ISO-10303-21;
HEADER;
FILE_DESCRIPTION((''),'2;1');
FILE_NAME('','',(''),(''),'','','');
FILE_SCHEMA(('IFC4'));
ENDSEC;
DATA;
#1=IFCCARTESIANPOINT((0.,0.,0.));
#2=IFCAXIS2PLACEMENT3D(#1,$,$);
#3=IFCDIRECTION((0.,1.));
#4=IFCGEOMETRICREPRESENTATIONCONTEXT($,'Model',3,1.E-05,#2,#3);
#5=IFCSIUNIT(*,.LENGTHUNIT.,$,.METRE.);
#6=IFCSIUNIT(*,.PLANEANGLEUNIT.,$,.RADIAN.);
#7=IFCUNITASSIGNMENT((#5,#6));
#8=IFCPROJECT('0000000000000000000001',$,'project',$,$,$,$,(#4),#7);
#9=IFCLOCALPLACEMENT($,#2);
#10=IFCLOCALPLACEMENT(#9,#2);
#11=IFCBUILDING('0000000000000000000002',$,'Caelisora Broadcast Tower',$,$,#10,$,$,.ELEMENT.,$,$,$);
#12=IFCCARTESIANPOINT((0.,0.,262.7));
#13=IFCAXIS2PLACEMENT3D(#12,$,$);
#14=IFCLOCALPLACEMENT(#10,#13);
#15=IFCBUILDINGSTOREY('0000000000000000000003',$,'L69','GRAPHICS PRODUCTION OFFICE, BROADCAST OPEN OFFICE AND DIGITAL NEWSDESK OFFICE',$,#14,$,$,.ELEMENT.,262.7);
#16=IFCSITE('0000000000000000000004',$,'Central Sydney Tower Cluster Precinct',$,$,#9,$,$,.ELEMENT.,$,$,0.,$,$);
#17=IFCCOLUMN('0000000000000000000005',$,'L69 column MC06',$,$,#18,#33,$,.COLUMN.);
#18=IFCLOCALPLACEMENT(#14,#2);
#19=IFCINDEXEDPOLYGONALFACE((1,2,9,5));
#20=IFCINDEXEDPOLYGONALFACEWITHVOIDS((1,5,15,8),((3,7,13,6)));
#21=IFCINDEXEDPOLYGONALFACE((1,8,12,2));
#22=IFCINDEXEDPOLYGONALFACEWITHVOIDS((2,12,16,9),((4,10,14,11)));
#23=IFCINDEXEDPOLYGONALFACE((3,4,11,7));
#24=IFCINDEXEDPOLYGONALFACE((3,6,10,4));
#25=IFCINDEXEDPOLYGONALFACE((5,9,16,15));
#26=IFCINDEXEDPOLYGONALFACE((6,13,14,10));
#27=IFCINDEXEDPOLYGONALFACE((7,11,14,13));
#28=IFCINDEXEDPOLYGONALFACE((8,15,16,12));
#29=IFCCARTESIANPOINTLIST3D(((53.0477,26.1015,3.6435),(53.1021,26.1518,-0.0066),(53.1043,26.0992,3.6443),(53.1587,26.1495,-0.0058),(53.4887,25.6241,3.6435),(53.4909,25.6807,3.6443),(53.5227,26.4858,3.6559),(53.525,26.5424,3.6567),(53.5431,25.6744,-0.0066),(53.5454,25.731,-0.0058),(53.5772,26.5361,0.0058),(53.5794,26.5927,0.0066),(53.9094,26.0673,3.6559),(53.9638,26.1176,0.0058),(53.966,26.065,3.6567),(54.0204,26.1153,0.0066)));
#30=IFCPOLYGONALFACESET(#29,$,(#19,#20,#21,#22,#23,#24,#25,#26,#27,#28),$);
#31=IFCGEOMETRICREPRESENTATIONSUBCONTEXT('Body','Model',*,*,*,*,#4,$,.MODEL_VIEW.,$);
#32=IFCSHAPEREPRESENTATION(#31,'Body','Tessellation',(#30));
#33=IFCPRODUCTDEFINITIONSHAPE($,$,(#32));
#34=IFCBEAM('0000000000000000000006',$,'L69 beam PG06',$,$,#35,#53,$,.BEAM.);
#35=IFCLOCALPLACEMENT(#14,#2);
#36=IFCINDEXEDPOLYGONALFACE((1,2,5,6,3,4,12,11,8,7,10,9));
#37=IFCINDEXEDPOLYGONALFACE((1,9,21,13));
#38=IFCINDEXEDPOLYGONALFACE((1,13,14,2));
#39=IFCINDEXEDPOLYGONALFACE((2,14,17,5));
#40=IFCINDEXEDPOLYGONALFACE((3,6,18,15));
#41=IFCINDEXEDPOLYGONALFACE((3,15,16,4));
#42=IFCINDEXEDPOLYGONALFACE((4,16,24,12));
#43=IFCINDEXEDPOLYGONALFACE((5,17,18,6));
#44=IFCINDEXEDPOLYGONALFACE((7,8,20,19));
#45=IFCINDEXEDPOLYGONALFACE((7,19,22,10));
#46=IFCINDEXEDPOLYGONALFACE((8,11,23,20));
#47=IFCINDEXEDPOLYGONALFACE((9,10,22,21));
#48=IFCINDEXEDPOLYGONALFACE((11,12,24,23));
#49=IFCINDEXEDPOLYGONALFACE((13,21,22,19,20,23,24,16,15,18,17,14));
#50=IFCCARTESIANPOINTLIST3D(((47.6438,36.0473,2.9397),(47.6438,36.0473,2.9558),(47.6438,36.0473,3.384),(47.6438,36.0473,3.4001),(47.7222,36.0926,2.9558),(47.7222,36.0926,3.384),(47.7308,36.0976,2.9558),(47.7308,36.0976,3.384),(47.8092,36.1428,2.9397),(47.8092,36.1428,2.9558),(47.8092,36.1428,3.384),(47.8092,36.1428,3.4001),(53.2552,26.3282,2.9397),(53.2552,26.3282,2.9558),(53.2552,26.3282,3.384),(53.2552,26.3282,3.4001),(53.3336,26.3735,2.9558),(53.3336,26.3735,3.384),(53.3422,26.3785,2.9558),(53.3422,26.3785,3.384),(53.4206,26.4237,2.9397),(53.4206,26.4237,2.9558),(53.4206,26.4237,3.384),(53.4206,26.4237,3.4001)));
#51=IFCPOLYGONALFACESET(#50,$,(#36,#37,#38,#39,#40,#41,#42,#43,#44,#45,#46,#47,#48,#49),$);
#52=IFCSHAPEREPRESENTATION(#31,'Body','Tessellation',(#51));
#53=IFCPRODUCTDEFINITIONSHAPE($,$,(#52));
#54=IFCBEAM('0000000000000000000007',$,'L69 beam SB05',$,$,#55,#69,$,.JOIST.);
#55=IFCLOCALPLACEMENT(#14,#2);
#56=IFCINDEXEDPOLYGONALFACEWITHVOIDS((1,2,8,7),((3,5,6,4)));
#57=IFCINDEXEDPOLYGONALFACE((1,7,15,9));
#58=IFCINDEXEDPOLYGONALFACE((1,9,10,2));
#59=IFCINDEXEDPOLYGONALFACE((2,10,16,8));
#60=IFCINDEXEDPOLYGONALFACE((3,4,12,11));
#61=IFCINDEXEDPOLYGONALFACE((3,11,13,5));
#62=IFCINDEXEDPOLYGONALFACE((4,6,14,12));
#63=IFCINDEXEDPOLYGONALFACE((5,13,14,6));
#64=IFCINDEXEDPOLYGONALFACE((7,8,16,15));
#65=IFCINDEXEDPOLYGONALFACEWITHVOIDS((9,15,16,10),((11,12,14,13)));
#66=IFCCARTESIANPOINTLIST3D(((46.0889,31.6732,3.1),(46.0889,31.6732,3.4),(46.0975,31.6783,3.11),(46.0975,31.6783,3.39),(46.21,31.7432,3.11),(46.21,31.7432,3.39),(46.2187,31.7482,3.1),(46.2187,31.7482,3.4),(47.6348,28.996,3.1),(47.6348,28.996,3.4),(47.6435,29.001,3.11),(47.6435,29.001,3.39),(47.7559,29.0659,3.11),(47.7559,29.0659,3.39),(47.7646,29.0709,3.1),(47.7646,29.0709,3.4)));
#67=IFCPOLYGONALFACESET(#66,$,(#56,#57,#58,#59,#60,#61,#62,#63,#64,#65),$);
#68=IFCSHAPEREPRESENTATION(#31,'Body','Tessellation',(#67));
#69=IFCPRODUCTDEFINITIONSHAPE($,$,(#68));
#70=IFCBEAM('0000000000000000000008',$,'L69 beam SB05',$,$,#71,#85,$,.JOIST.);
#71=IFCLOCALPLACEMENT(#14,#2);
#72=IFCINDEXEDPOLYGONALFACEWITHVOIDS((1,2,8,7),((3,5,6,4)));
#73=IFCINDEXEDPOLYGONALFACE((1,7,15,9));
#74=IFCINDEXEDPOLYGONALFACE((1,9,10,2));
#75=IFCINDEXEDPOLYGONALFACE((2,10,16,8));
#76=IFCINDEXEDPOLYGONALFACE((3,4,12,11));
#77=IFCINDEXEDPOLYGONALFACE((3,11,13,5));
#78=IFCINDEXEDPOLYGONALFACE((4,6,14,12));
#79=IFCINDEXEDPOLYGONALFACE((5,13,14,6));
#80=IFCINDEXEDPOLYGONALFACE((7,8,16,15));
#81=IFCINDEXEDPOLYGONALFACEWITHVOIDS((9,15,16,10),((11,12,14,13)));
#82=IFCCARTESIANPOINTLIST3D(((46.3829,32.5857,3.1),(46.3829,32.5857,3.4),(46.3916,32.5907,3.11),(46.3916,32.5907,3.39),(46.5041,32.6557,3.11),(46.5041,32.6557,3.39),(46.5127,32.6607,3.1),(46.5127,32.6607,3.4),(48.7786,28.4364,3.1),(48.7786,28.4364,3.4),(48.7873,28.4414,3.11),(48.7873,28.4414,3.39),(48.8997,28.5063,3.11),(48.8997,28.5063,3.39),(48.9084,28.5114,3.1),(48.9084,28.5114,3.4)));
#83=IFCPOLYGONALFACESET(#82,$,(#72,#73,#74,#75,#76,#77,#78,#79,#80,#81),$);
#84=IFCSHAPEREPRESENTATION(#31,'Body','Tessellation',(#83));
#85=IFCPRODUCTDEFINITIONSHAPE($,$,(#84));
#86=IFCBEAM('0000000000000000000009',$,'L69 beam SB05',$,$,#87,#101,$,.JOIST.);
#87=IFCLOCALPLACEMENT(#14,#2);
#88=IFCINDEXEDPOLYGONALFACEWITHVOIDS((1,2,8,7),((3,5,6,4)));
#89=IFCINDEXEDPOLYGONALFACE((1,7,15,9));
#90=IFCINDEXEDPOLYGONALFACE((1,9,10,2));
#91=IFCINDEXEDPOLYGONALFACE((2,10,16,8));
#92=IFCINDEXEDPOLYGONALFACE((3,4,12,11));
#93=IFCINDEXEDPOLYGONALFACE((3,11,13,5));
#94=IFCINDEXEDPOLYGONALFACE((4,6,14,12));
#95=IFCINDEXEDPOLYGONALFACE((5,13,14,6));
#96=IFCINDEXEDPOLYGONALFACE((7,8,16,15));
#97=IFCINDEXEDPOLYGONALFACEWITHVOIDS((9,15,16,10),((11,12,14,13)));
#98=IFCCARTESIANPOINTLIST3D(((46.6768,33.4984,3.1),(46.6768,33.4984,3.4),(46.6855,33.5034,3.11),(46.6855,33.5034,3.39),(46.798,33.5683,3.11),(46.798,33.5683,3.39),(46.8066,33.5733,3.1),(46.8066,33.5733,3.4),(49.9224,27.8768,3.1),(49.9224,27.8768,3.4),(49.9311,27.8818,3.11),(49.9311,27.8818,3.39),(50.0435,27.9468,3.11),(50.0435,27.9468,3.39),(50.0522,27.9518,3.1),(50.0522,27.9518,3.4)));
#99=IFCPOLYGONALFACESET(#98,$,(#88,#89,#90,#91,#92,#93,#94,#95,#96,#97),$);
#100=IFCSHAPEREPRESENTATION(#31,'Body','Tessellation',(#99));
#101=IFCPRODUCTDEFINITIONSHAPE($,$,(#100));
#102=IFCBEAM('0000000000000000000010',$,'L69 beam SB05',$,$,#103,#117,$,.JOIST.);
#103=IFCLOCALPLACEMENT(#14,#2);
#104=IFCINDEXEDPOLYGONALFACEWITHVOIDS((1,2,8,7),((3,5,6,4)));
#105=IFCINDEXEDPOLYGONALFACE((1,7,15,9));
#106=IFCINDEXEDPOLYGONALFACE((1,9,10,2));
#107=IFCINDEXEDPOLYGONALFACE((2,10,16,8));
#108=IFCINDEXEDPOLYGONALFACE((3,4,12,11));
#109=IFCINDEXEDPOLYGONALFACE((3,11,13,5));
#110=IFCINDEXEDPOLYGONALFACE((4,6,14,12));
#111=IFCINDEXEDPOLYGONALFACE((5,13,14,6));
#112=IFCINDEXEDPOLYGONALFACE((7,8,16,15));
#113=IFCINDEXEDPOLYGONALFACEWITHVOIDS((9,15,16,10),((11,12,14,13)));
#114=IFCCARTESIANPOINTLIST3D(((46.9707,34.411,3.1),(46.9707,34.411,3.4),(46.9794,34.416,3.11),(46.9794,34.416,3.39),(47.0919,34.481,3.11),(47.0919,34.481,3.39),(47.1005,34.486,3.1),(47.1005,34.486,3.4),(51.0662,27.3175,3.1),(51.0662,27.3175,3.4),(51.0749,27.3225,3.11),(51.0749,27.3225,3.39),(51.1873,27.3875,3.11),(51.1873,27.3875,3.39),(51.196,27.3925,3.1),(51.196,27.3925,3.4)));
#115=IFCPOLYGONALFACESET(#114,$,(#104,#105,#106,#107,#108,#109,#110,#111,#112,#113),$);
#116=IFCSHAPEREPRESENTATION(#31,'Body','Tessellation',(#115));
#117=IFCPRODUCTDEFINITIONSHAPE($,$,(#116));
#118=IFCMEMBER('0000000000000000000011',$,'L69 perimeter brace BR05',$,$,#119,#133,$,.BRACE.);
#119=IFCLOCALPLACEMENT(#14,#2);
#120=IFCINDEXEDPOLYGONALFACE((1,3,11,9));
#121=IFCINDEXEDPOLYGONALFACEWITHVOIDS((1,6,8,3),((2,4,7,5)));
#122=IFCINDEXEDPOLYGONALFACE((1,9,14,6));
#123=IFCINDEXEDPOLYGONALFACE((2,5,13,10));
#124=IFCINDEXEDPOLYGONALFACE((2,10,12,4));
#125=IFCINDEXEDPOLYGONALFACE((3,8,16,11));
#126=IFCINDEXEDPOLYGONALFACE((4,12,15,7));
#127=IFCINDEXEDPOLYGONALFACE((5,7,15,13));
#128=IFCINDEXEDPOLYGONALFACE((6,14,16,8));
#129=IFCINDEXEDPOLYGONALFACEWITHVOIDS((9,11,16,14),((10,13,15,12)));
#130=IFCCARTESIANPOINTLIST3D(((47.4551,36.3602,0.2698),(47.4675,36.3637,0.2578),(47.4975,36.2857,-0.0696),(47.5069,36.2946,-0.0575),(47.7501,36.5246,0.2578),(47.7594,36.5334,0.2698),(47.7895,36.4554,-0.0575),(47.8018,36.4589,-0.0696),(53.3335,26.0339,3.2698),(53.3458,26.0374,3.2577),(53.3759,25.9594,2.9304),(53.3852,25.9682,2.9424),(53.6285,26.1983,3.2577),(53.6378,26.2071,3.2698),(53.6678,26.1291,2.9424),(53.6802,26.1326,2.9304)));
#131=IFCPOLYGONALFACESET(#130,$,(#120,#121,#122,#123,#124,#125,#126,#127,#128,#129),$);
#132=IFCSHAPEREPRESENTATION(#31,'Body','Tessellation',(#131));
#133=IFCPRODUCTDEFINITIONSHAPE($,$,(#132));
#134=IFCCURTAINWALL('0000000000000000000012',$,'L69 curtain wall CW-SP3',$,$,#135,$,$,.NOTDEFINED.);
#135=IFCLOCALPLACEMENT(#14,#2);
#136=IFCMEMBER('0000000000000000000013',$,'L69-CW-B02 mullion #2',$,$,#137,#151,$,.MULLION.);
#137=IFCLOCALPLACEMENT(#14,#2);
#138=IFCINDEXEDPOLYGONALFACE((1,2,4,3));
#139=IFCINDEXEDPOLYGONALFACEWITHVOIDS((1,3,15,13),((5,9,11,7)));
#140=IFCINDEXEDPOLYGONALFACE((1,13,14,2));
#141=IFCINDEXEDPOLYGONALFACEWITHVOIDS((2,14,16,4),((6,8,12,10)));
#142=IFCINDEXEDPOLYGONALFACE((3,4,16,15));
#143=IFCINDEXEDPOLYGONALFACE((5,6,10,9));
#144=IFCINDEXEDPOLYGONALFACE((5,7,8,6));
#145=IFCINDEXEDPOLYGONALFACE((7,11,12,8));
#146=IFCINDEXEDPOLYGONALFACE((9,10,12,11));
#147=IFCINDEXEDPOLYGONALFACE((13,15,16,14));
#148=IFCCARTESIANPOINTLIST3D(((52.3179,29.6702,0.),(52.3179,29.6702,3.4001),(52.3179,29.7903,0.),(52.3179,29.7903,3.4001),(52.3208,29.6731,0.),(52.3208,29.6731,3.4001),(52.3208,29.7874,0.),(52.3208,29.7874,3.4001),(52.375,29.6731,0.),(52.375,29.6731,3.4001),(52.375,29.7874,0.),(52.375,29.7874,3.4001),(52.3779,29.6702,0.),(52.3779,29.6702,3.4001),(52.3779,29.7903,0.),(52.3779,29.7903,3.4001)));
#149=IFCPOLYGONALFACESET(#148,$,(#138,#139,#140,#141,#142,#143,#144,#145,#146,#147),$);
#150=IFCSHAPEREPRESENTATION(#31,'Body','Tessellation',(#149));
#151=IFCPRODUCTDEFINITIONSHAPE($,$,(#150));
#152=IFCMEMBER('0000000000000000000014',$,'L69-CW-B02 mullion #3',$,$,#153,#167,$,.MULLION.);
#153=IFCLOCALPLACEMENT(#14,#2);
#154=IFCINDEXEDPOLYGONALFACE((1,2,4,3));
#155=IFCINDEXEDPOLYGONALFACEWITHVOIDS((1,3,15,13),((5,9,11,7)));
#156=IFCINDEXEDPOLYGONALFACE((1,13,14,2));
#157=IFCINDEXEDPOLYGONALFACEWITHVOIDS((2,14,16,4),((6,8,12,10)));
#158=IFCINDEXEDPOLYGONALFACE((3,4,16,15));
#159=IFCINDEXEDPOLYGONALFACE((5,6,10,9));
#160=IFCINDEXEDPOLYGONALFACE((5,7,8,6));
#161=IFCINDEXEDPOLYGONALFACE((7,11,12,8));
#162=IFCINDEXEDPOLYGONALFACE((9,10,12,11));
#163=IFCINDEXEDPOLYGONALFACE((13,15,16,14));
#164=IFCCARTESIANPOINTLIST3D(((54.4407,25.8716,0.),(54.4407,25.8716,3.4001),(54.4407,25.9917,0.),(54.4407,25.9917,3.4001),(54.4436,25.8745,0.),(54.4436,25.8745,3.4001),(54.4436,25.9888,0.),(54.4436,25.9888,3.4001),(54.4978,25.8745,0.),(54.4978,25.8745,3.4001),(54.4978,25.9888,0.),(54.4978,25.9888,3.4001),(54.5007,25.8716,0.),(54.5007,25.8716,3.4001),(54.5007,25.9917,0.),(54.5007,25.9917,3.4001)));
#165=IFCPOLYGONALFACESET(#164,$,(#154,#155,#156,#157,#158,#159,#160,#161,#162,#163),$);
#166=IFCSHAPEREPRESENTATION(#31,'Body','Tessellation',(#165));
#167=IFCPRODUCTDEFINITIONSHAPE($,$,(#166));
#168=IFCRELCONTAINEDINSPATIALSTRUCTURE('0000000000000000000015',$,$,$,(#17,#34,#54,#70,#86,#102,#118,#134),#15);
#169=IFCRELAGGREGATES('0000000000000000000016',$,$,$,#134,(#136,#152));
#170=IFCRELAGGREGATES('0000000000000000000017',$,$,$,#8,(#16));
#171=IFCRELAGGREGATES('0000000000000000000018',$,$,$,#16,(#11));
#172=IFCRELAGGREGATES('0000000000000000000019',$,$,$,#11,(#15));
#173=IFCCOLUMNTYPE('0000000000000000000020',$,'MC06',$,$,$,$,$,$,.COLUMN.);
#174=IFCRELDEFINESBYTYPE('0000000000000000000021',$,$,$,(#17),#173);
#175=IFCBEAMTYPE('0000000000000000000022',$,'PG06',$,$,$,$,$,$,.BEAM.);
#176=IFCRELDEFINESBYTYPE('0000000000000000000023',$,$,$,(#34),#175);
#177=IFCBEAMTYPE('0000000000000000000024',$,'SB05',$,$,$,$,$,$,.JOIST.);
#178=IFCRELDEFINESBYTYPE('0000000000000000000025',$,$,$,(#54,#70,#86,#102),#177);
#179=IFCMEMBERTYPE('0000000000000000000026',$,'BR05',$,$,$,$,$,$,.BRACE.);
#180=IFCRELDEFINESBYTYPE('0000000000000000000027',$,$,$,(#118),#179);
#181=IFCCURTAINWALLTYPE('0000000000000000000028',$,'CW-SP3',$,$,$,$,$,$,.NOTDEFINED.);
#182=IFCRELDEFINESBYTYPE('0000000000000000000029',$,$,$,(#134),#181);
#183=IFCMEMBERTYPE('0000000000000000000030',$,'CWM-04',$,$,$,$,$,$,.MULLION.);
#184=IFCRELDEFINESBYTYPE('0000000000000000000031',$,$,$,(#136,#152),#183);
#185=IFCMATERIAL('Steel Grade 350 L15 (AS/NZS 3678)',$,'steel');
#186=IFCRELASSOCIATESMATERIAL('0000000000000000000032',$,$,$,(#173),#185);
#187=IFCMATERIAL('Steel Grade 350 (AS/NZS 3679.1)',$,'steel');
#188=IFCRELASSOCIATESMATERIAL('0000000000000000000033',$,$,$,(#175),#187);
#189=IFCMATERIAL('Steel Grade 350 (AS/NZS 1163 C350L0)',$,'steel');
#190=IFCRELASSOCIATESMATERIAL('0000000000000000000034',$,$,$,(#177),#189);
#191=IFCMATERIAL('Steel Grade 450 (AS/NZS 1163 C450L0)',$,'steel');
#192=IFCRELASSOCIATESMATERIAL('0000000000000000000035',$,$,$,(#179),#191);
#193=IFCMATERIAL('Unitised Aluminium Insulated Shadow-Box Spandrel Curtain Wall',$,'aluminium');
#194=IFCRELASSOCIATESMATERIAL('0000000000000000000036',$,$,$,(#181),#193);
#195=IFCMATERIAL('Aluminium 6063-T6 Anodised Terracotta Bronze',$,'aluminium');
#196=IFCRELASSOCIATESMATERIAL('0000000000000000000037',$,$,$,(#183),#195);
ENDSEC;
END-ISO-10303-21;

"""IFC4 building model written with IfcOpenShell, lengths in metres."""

from ifc_helpers import new_model, si_unit, direction, frame, origin, origin_2d, place, context, subcontext, project, spatial, hollow_rectangle, i_section, extrude, source, transform, mapped, material, material_profile, profile_set, type_object, type_shapes, element, aggregate, save


model = new_model("IFC4")

# Units and contexts
model_context = context("Model", 3, precision=1e-05, world=origin(), true_north=direction((0.0, 1.0)))
body_context = subcontext(model_context, "Body", "Model", "MODEL_VIEW")
ifc_project = project(units=[si_unit("LENGTHUNIT", "METRE"), si_unit("PLANEANGLEUNIT", "RADIAN")], contexts=[model_context])

# Site, building, storey
site_placement = place(None, origin())
site = spatial("IfcSite", under=ifc_project, at=site_placement, Name="Central Sydney Tower Cluster Precinct", CompositionType="ELEMENT", RefElevation=0.0)
building_placement = place(site_placement, origin())
building = spatial("IfcBuilding", under=site, at=building_placement, Name="Caelisora Broadcast Tower", CompositionType="ELEMENT")
storey_placement = place(building_placement, frame((0.0, 0.0, 262.7)))
storey = spatial("IfcBuildingStorey", under=building, at=storey_placement, Name="L69", Description="GRAPHICS PRODUCTION OFFICE, BROADCAST OPEN OFFICE AND DIGITAL NEWSDESK OFFICE", CompositionType="ELEMENT", Elevation=262.7)

# Column
ifc_material_1 = material(Name="Steel Grade 350 L15 (AS/NZS 3678)", Category="steel")
ifc_material_profile_1 = material_profile(ifc_material_1, hollow_rectangle(XDim=0.6499, YDim=0.6499, WallThickness=0.04, at=origin_2d()), Name="Steel Grade 350 L15 (AS/NZS 3678)")
ifc_profile_set_1 = profile_set([ifc_material_profile_1], Name="Steel Grade 350 L15 (AS/NZS 3678)")
column_type = type_object("IfcColumnType", Name="MC06", PredefinedType="COLUMN", material=ifc_profile_set_1)
shared_shape_1 = source(origin(), body_context, "Body", "SweptSolid", [
    extrude(hollow_rectangle(XDim=0.6499, YDim=0.6499, WallThickness=0.04, at=origin_2d()), origin(), (0.0, 0.0, 1.0), 3.6509),
])
type_shapes(column_type, [shared_shape_1])
column_placement = place(storey_placement, frame((53.5613, 26.1335, 0.0), z_axis=(-0.014912, -0.013776, 0.999794), x_axis=(0.678554, -0.734551, 0.0)))
element("IfcColumn", 1, at=column_placement, inside=storey, type_object=column_type, Name="L69 column MC06", PredefinedType="COLUMN", context=body_context, shape_type="MappedRepresentation", body=[
    mapped(shared_shape_1, transform((0.0, 0.0, 0.0), scale=1.0)),
])

# Beams
ifc_material_2 = material(Name="Steel Grade 350 (AS/NZS 3679.1)", Category="steel")
ifc_material_profile_2 = material_profile(ifc_material_2, i_section(OverallWidth=0.1909, OverallDepth=0.4604, WebThickness=0.01, FlangeThickness=0.0161, at=origin_2d()), Name="Steel Grade 350 (AS/NZS 3679.1)")
ifc_profile_set_2 = profile_set([ifc_material_profile_2], Name="Steel Grade 350 (AS/NZS 3679.1)")
beam_type_1 = type_object("IfcBeamType", Name="PG06", PredefinedType="BEAM", material=ifc_profile_set_2)
shared_shape_2 = source(origin(), body_context, "Body", "SweptSolid", [
    extrude(i_section(OverallWidth=0.1909, OverallDepth=0.4604, WebThickness=0.01, FlangeThickness=0.0161, at=origin_2d()), origin(), (0.0, 0.0, 1.0), 11.2227),
])
type_shapes(beam_type_1, [shared_shape_2])
beam_1_placement = place(storey_placement, frame((53.3379, 26.376, 3.1699), z_axis=(-0.500004, 0.866023, 0.0), x_axis=(-0.866023, -0.500004, 0.0)))
element("IfcBeam", 2, at=beam_1_placement, inside=storey, type_object=beam_type_1, Name="L69 beam PG06", PredefinedType="BEAM", context=body_context, shape_type="MappedRepresentation", body=[
    mapped(shared_shape_2, transform((0.0, 0.0, 0.0), scale=1.0)),
])
ifc_material_3 = material(Name="Steel Grade 350 (AS/NZS 1163 C350L0)", Category="steel")
ifc_material_profile_3 = material_profile(ifc_material_3, hollow_rectangle(XDim=0.1499, YDim=0.3, WallThickness=0.01, at=origin_2d()), Name="Steel Grade 350 (AS/NZS 1163 C350L0)")
ifc_profile_set_3 = profile_set([ifc_material_profile_3], Name="Steel Grade 350 (AS/NZS 1163 C350L0)")
beam_type_2 = type_object("IfcBeamType", Name="SB05", PredefinedType="JOIST", material=ifc_profile_set_3)
shared_shape_3 = source(origin(), body_context, "Body", "SweptSolid", [
    extrude(hollow_rectangle(XDim=0.1499, YDim=0.3, WallThickness=0.01, at=origin_2d()), origin(), (0.0, 0.0, 1.0), 3.0916),
])
beam_2_placement = place(storey_placement, frame((47.6997, 29.0334, 3.25), z_axis=(-0.500046, 0.865999, 0.0), x_axis=(-0.865999, -0.500046, 0.0)))
element("IfcBeam", 3, at=beam_2_placement, inside=storey, type_object=beam_type_2, Name="L69 beam SB05", PredefinedType="JOIST", context=body_context, shape_type="MappedRepresentation", body=[
    mapped(shared_shape_3, transform((0.0, 0.0, 0.0), scale=1.0)),
])
shared_shape_4 = source(origin(), body_context, "Body", "SweptSolid", [
    extrude(hollow_rectangle(XDim=0.1499, YDim=0.3, WallThickness=0.01, at=origin_2d()), origin(), (0.0, 0.0, 1.0), 4.7913),
])
beam_3_placement = place(storey_placement, frame((48.8435, 28.4739, 3.25), z_axis=(-0.500014, 0.866018, 0.0), x_axis=(-0.866018, -0.500014, 0.0)))
element("IfcBeam", 4, at=beam_3_placement, inside=storey, type_object=beam_type_2, Name="L69 beam SB05", PredefinedType="JOIST", context=body_context, shape_type="MappedRepresentation", body=[
    mapped(shared_shape_4, transform((0.0, 0.0, 0.0), scale=1.0)),
])
shared_shape_5 = source(origin(), body_context, "Body", "SweptSolid", [
    extrude(hollow_rectangle(XDim=0.1499, YDim=0.3, WallThickness=0.01, at=origin_2d()), origin(), (0.0, 0.0, 1.0), 6.4912),
])
beam_4_placement = place(storey_placement, frame((49.9873, 27.9143, 3.25), z_axis=(-0.499998, 0.866026, 0.0), x_axis=(-0.866026, -0.499998, 0.0)))
element("IfcBeam", 5, at=beam_4_placement, inside=storey, type_object=beam_type_2, Name="L69 beam SB05", PredefinedType="JOIST", context=body_context, shape_type="MappedRepresentation", body=[
    mapped(shared_shape_5, transform((0.0, 0.0, 0.0), scale=1.0)),
])
shared_shape_6 = source(origin(), body_context, "Body", "SweptSolid", [
    extrude(hollow_rectangle(XDim=0.1499, YDim=0.3, WallThickness=0.01, at=origin_2d()), origin(), (0.0, 0.0, 1.0), 8.1909),
])
type_shapes(beam_type_2, [shared_shape_3, shared_shape_4, shared_shape_5, shared_shape_6])
beam_5_placement = place(storey_placement, frame((51.1311, 27.355, 3.25), z_axis=(-0.500002, 0.866024, 0.0), x_axis=(-0.866024, -0.500002, 0.0)))
element("IfcBeam", 6, at=beam_5_placement, inside=storey, type_object=beam_type_2, Name="L69 beam SB05", PredefinedType="JOIST", context=body_context, shape_type="MappedRepresentation", body=[
    mapped(shared_shape_6, transform((0.0, 0.0, 0.0), scale=1.0)),
])

# Member
ifc_material_4 = material(Name="Steel Grade 450 (AS/NZS 1163 C450L0)", Category="steel")
ifc_material_profile_4 = material_profile(ifc_material_4, hollow_rectangle(XDim=0.3501, YDim=0.3501, WallThickness=0.0125, at=origin_2d()), Name="Steel Grade 450 (AS/NZS 1163 C450L0)")
ifc_profile_set_4 = profile_set([ifc_material_profile_4], Name="Steel Grade 450 (AS/NZS 1163 C450L0)")
member_type_1 = type_object("IfcMemberType", Name="BR05", PredefinedType="BRACE", material=ifc_profile_set_4)
shared_shape_7 = source(origin(), body_context, "Body", "SweptSolid", [
    extrude(hollow_rectangle(XDim=0.3501, YDim=0.3501, WallThickness=0.0125, at=origin_2d()), origin(), (0.0, 0.0, 1.0), 12.2551),
])
type_shapes(member_type_1, [shared_shape_7])
member_1_placement = place(storey_placement, frame((53.5068, 26.0833, 3.1001), z_axis=(-0.479666, 0.842613, -0.244793), x_axis=(-0.869054, -0.494718, 0.0)))
element("IfcMember", 7, at=member_1_placement, inside=storey, type_object=member_type_1, Name="L69 perimeter brace BR05", PredefinedType="BRACE", context=body_context, shape_type="MappedRepresentation", body=[
    mapped(shared_shape_7, transform((0.0, 0.0, 0.0), scale=1.0)),
])

# Curtain wall, members
ifc_material_5 = material(Name="Unitised Aluminium Insulated Shadow-Box Spandrel Curtain Wall", Category="aluminium")
curtain_wall_type_1 = type_object("IfcCurtainWallType", Name="CW-SP3", PredefinedType="NOTDEFINED", material=ifc_material_5)
curtain_wall_1_placement = place(storey_placement, origin())
curtain_wall_1 = element("IfcCurtainWall", 8, at=curtain_wall_1_placement, inside=storey, type_object=curtain_wall_type_1, Name="L69 curtain wall CW-SP3", PredefinedType="NOTDEFINED")
ifc_material_6 = material(Name="Aluminium 6063-T6 Anodised Terracotta Bronze", Category="aluminium")
ifc_material_profile_5 = material_profile(ifc_material_6, hollow_rectangle(XDim=0.0601, YDim=0.1201, WallThickness=0.0029, at=origin_2d()), Name="Aluminium 6063-T6 Anodised Terracotta Bronze")
ifc_profile_set_5 = profile_set([ifc_material_profile_5], Name="Aluminium 6063-T6 Anodised Terracotta Bronze")
member_type_2 = type_object("IfcMemberType", Name="CWM-04", PredefinedType="MULLION", material=ifc_profile_set_5)
shared_shape_8 = source(origin(), body_context, "Body", "SweptSolid", [
    extrude(hollow_rectangle(XDim=0.0601, YDim=0.1201, WallThickness=0.0029, at=origin_2d()), origin(), (0.0, 0.0, 1.0), 3.4001),
])
type_shapes(member_type_2, [shared_shape_8])
member_2_placement = place(storey_placement, frame((52.3479, 29.7302, 0.0), z_axis=(0.0, 0.0, 1.0), x_axis=(1.0, 0.0, 0.0)))
member_2 = element("IfcMember", 9, at=member_2_placement, type_object=member_type_2, Name="L69-CW-B02 mullion #2", PredefinedType="MULLION", context=body_context, shape_type="MappedRepresentation", body=[
    mapped(shared_shape_8, transform((0.0, 0.0, 0.0), scale=1.0)),
])
member_3_placement = place(storey_placement, frame((54.4707, 25.9316, 0.0), z_axis=(0.0, 0.0, 1.0), x_axis=(1.0, 0.0, 0.0)))
member_3 = element("IfcMember", 10, at=member_3_placement, type_object=member_type_2, Name="L69-CW-B02 mullion #3", PredefinedType="MULLION", context=body_context, shape_type="MappedRepresentation", body=[
    mapped(shared_shape_8, transform((0.0, 0.0, 0.0), scale=1.0)),
])

aggregate(curtain_wall_1, [member_2, member_3])

save(model, "model.ifc")
